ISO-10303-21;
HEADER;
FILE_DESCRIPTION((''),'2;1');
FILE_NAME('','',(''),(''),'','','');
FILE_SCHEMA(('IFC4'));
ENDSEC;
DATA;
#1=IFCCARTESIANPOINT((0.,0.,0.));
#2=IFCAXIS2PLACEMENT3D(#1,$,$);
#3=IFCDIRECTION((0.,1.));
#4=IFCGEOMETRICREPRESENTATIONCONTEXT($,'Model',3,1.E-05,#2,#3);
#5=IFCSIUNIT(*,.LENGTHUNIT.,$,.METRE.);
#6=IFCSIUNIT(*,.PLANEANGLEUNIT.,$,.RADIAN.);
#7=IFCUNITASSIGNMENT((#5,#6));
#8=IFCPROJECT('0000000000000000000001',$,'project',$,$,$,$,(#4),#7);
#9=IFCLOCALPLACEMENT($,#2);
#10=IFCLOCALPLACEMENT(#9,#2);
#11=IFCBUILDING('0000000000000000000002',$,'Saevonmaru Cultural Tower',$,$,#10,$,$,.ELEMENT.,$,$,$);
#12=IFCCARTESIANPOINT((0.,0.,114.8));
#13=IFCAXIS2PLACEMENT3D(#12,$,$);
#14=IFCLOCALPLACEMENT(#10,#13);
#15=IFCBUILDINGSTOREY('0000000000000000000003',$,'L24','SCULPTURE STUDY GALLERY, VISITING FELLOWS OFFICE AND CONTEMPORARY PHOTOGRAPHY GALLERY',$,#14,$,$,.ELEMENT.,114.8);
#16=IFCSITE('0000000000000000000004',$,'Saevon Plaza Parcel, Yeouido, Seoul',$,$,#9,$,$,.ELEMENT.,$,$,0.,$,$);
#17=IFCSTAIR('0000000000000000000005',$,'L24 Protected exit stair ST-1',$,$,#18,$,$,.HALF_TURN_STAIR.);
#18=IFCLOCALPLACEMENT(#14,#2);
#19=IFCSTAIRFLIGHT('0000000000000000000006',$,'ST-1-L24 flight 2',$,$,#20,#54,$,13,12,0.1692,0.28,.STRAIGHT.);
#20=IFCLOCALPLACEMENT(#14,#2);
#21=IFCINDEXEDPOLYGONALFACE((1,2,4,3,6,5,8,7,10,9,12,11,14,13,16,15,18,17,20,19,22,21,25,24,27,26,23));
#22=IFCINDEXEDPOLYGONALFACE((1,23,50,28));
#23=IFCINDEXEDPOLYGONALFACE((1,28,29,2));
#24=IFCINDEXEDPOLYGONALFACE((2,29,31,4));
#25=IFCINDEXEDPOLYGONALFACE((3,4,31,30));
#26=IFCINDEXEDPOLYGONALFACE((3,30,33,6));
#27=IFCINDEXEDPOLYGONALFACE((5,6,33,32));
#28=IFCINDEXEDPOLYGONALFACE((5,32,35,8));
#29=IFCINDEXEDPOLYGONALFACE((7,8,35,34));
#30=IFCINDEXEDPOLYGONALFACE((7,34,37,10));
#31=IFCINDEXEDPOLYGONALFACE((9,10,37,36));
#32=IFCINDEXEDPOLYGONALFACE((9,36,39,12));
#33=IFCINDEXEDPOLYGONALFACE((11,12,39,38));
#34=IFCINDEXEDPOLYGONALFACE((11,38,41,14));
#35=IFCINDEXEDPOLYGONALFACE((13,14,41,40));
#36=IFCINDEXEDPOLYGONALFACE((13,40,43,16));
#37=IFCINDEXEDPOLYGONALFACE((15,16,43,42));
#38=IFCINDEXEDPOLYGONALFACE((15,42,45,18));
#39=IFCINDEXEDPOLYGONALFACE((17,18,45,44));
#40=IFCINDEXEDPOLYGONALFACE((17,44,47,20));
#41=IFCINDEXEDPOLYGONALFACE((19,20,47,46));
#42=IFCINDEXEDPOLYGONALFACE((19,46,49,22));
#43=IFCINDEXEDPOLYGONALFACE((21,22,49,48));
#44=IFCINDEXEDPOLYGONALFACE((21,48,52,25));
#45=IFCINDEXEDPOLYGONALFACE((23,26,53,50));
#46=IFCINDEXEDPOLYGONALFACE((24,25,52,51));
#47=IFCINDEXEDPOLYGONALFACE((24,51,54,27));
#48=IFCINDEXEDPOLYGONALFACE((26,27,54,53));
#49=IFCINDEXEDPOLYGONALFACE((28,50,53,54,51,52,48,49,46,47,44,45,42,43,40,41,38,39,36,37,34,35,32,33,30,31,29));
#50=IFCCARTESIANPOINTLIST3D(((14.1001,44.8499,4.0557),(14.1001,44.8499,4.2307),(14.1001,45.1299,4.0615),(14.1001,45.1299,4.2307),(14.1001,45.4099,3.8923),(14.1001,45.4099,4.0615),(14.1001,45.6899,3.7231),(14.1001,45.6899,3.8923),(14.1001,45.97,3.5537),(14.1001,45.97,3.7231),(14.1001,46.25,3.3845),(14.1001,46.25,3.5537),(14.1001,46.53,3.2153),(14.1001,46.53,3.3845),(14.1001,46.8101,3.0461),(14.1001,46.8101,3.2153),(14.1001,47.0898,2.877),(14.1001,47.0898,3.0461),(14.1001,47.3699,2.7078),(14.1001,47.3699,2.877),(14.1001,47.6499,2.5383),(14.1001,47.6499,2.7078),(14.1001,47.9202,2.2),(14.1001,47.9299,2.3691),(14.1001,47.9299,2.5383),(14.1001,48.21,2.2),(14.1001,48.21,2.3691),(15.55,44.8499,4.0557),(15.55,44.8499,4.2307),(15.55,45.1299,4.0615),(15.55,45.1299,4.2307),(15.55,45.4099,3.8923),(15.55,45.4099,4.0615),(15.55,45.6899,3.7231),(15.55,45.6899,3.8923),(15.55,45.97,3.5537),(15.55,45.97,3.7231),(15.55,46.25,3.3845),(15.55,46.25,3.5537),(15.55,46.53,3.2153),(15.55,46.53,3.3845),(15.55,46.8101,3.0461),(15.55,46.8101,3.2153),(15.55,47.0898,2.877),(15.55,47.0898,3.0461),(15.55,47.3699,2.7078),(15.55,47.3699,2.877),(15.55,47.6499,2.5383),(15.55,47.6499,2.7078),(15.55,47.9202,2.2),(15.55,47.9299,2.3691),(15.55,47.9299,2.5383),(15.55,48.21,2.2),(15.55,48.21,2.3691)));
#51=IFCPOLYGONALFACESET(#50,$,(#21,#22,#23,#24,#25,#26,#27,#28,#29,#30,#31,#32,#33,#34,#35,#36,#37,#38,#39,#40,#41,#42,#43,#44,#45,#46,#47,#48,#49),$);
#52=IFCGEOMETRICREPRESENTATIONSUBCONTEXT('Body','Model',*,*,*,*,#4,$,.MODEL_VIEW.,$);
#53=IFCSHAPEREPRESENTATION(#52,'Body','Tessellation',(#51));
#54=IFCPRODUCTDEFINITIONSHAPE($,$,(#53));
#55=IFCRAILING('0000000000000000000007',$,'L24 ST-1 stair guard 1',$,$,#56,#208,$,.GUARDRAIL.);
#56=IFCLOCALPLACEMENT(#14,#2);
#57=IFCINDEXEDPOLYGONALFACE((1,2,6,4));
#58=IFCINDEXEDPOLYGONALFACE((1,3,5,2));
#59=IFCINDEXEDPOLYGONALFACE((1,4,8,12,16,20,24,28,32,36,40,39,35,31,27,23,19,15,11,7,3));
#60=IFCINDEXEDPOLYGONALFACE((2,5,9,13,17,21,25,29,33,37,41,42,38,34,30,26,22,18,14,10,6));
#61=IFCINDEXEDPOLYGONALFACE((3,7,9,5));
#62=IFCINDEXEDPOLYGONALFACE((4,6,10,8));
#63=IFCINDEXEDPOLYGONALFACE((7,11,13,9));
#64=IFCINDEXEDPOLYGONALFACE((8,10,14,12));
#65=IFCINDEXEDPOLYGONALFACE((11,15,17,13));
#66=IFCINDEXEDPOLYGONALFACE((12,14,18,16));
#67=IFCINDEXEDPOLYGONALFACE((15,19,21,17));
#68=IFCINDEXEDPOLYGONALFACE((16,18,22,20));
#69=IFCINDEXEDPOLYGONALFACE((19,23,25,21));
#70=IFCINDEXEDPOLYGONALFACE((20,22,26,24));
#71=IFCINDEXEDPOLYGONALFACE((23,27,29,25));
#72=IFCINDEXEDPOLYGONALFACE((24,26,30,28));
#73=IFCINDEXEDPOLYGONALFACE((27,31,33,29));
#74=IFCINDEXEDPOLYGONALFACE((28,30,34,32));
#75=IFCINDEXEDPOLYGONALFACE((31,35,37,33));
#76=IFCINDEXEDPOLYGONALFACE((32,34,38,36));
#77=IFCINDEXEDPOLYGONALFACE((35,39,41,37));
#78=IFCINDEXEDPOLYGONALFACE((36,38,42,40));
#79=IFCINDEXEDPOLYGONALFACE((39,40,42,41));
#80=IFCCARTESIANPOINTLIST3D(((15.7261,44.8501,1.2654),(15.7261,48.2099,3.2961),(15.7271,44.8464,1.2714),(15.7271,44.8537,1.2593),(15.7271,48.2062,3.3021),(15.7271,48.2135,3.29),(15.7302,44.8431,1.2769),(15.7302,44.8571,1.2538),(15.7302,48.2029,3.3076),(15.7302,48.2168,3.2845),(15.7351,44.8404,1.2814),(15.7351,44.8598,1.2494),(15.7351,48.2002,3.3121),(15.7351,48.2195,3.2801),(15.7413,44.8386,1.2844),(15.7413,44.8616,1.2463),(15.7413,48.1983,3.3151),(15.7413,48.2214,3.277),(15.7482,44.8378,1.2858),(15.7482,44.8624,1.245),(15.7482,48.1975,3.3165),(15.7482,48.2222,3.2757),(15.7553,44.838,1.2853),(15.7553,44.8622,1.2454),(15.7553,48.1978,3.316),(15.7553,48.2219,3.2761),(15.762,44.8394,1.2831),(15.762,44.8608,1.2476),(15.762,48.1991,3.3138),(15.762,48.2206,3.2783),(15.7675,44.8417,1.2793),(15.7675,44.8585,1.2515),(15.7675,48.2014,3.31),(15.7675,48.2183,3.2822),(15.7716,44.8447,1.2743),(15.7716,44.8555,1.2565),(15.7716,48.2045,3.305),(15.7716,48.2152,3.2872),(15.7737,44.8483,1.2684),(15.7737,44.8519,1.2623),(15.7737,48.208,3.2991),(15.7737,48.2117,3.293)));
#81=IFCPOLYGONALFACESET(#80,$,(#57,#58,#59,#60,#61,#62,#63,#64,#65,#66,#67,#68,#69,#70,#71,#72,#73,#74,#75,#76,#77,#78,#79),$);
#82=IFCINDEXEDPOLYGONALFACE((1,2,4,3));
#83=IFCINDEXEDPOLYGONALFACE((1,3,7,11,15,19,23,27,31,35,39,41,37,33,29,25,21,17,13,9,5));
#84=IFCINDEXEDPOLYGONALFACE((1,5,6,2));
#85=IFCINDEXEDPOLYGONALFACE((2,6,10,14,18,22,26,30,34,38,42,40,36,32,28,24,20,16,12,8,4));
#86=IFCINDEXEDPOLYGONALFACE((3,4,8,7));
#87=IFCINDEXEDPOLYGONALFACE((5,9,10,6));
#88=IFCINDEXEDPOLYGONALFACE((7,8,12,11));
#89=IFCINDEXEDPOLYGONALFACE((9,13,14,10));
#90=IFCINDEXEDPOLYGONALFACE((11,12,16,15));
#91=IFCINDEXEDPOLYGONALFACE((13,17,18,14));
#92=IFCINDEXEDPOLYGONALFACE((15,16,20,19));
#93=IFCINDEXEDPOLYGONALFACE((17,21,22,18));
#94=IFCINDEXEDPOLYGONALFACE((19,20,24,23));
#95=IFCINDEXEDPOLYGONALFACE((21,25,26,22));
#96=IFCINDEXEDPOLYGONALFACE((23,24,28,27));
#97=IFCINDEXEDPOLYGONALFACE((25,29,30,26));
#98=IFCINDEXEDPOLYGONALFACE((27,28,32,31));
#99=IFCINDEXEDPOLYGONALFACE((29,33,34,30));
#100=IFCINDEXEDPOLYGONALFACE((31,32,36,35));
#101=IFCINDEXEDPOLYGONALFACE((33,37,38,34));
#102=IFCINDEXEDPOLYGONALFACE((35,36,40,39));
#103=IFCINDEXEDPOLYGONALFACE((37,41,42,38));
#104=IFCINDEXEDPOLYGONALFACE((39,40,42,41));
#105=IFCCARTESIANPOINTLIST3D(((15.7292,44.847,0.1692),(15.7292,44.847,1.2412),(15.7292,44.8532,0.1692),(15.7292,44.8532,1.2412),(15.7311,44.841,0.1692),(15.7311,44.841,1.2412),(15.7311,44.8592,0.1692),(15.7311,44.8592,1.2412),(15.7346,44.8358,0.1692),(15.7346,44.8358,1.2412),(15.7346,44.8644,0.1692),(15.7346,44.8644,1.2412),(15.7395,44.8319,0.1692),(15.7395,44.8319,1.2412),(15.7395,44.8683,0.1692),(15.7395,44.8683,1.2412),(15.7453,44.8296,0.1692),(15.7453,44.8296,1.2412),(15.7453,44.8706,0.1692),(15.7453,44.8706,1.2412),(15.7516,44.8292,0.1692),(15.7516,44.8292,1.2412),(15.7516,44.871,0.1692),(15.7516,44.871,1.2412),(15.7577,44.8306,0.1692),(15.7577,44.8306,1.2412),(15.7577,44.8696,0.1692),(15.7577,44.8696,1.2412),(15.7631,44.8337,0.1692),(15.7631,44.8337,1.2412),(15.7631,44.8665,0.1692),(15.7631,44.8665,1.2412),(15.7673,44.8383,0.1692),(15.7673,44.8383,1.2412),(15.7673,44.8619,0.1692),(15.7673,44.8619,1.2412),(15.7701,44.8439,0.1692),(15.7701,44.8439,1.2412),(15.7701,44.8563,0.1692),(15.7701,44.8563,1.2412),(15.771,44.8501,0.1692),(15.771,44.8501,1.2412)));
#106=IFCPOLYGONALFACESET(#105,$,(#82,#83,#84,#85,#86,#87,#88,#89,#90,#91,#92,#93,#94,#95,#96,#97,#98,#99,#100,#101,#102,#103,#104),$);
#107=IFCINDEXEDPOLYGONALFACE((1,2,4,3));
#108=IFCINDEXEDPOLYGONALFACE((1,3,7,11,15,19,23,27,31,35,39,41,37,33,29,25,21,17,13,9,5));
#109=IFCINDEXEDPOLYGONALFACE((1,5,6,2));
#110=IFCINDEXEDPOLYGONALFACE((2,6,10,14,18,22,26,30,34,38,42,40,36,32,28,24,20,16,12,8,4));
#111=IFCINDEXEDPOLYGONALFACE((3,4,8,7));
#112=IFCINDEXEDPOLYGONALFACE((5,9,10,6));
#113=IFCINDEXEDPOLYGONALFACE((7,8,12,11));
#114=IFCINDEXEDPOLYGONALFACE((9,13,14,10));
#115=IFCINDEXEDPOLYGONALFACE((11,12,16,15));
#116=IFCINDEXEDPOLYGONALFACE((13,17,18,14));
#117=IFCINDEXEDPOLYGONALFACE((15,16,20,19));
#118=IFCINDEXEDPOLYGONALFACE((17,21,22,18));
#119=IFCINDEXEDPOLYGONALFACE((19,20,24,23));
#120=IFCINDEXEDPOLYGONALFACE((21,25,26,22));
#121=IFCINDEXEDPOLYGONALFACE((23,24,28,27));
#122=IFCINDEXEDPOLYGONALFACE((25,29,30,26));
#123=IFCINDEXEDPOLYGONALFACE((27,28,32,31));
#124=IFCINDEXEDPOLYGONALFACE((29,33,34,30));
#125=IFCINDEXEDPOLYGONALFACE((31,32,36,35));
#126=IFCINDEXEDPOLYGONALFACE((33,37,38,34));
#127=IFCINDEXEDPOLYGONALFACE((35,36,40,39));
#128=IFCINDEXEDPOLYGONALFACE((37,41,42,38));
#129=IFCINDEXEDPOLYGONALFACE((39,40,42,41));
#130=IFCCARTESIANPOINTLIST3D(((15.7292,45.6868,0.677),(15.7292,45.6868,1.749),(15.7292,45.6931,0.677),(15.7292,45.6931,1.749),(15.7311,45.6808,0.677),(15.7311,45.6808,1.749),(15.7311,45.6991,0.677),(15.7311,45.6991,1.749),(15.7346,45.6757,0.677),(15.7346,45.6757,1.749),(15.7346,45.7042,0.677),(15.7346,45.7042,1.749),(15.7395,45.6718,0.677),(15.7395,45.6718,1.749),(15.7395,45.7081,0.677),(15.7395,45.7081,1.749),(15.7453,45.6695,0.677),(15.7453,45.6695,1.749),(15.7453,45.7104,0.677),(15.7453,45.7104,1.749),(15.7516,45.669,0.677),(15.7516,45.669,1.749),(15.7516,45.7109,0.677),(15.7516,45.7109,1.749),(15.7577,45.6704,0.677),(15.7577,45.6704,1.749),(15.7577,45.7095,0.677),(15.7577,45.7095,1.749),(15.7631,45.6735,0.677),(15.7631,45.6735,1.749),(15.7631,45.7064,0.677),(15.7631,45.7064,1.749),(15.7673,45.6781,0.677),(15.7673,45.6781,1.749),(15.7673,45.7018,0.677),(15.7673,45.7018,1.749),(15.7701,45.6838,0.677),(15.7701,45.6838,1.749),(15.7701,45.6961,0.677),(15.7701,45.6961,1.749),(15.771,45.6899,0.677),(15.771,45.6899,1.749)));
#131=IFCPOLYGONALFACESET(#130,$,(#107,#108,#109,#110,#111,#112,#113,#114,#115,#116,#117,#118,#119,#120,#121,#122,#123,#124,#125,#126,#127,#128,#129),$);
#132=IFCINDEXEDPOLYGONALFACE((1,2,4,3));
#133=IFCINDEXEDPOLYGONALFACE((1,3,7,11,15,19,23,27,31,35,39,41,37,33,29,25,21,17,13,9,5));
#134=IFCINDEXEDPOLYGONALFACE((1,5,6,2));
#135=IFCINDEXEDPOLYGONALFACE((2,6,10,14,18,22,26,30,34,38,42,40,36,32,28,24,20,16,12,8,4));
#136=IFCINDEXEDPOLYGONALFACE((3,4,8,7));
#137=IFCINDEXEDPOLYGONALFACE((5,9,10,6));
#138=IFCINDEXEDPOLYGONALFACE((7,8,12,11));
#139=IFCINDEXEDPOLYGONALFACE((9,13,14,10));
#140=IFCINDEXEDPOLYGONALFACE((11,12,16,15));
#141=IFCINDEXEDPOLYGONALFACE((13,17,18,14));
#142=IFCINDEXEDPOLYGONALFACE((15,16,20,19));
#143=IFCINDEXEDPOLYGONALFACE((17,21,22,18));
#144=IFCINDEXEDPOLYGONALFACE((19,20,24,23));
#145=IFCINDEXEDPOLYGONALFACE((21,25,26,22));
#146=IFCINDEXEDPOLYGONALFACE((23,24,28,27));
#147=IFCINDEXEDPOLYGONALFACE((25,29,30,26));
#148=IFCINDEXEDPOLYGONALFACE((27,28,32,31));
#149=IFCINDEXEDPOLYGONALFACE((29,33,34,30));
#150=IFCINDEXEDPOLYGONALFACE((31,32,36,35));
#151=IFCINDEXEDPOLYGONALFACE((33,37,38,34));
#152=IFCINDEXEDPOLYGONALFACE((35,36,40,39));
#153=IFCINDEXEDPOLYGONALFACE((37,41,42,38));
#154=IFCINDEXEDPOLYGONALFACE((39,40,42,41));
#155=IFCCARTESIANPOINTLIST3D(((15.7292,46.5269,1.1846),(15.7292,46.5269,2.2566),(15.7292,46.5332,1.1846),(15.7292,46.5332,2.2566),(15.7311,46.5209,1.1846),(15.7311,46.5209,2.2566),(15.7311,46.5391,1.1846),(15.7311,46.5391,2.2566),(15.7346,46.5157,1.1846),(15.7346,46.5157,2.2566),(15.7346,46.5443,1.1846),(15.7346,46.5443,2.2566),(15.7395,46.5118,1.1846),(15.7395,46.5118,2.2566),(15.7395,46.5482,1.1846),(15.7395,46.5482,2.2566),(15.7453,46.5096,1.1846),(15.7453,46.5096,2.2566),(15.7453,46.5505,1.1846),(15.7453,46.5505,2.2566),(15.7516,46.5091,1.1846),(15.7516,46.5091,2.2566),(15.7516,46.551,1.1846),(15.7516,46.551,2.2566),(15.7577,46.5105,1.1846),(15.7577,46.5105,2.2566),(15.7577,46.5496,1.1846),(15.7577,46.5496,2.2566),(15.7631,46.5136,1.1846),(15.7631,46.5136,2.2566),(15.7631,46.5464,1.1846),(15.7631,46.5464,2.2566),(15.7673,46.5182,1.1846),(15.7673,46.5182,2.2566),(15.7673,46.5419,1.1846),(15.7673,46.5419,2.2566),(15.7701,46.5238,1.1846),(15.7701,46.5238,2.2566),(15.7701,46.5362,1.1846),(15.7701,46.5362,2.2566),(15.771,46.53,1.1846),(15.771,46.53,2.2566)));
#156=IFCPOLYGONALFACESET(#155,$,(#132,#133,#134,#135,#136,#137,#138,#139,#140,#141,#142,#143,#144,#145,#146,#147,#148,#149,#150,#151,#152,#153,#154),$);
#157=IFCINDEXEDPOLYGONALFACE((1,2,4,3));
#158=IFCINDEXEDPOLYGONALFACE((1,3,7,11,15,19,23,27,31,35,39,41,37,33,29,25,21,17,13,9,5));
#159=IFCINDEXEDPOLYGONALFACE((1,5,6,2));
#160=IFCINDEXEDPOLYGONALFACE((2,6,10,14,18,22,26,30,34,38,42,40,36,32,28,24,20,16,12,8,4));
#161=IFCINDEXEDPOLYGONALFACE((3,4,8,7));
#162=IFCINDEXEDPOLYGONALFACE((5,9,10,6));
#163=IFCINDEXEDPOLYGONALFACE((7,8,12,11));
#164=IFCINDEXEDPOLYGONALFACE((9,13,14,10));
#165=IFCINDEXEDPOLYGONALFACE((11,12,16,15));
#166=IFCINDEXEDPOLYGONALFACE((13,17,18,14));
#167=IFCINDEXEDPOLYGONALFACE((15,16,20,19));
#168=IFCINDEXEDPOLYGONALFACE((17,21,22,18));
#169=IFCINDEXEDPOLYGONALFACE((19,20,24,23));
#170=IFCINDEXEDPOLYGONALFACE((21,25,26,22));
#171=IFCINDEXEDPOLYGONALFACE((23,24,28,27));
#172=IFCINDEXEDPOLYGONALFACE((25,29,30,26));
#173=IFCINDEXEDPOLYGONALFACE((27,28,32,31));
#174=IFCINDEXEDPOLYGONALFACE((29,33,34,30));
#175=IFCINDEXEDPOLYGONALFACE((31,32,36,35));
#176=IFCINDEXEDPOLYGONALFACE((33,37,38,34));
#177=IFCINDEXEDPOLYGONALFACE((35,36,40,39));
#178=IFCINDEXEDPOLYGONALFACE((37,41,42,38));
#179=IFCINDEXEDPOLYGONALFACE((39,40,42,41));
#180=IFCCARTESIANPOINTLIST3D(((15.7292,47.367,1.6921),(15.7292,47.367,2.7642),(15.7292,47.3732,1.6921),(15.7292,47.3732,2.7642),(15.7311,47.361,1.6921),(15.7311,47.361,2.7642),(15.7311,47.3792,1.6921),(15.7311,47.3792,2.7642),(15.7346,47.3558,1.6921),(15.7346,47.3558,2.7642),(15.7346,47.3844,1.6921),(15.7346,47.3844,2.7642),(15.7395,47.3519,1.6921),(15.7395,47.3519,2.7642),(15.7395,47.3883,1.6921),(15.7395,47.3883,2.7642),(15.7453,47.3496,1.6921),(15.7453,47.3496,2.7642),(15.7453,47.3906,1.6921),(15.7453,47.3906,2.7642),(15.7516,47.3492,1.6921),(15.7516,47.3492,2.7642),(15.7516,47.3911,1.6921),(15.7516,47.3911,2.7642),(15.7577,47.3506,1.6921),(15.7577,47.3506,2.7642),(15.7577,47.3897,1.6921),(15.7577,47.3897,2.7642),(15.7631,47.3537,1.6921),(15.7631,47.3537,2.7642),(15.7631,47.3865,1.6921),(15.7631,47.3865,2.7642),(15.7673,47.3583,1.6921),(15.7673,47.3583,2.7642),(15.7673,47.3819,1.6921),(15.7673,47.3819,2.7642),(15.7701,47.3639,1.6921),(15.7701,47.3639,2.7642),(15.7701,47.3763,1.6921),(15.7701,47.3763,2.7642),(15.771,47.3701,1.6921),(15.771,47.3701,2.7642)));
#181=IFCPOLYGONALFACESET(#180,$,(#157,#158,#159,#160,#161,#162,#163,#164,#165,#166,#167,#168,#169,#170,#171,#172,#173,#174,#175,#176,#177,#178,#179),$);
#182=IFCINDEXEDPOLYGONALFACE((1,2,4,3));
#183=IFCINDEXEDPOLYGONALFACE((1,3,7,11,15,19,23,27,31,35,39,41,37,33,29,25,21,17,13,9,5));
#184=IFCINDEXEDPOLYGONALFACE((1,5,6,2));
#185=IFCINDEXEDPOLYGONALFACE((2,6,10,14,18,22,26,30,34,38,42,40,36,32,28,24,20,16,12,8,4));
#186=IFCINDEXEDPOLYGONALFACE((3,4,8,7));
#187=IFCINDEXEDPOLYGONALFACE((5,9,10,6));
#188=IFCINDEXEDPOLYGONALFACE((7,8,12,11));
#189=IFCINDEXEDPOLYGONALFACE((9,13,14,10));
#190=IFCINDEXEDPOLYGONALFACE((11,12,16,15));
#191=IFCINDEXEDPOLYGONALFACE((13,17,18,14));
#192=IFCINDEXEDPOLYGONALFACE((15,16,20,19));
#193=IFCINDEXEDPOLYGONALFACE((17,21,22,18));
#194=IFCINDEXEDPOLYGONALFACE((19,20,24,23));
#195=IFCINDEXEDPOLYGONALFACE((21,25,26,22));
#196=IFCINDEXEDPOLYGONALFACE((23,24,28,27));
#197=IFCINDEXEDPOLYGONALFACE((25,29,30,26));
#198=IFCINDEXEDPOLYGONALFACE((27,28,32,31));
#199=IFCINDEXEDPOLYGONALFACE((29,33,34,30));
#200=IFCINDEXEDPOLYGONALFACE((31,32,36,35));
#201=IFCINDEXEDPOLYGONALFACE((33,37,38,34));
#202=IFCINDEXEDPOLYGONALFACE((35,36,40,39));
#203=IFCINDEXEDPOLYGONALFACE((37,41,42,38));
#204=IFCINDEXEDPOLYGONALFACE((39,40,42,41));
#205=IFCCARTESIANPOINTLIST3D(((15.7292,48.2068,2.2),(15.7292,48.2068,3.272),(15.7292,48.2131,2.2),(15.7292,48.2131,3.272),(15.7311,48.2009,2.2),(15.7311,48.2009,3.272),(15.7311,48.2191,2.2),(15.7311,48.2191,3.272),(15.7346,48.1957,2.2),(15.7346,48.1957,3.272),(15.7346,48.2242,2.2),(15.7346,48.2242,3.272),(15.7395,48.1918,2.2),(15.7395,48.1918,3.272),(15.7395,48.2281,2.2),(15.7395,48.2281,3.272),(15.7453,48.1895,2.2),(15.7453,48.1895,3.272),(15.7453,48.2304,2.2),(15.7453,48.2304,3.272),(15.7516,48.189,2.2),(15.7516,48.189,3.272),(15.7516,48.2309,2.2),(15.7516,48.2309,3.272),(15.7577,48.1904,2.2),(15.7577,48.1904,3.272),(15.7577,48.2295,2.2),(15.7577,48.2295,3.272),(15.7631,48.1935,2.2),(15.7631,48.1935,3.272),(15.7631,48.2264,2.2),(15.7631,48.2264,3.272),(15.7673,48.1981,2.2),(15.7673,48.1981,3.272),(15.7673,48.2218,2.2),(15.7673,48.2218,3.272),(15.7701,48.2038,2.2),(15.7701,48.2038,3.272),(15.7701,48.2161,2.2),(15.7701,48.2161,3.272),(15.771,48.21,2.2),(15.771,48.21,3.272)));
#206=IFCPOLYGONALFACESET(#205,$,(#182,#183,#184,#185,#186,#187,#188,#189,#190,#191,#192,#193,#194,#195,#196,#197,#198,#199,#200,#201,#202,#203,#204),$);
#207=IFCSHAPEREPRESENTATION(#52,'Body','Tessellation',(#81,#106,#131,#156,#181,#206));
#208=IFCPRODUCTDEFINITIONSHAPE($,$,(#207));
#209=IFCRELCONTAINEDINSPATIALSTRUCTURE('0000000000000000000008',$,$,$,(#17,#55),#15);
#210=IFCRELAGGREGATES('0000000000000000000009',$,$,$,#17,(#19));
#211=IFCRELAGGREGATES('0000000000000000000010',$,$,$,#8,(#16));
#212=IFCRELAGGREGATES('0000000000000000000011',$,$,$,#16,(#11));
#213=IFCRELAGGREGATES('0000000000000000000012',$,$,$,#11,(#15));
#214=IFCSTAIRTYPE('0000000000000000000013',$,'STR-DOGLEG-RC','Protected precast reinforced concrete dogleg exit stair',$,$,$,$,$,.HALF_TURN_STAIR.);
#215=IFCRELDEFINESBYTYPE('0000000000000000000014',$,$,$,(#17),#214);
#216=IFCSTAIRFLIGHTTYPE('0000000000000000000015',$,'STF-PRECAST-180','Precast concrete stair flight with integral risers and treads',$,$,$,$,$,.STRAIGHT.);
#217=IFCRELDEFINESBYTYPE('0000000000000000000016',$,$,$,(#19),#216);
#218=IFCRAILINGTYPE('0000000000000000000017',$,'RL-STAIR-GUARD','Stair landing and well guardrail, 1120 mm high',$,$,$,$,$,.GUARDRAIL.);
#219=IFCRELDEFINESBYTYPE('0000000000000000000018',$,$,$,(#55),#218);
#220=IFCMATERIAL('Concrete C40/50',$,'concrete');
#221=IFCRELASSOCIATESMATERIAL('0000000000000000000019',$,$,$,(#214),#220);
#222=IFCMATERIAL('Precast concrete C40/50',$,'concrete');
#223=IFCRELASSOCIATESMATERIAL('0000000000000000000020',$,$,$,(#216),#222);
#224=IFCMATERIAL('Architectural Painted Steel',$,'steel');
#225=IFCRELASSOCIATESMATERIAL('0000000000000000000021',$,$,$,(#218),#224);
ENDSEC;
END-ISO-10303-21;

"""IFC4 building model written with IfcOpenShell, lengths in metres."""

from ifc_helpers import new_model, si_unit, direction, frame, origin, origin_2d, place, context, subcontext, project, spatial, polyline, circle, outline, extrude, material, type_object, element, aggregate, save


model = new_model("IFC4")

# Units and contexts
model_context = context("Model", 3, precision=1e-05, world=origin(), true_north=direction((0.0, 1.0)))
body_context = subcontext(model_context, "Body", "Model", "MODEL_VIEW")
ifc_project = project(units=[si_unit("LENGTHUNIT", "METRE"), si_unit("PLANEANGLEUNIT", "RADIAN")], contexts=[model_context])

# Site, building, storey
site_placement = place(None, origin())
site = spatial("IfcSite", under=ifc_project, at=site_placement, Name="Saevon Plaza Parcel, Yeouido, Seoul", CompositionType="ELEMENT", RefElevation=0.0)
building_placement = place(site_placement, origin())
building = spatial("IfcBuilding", under=site, at=building_placement, Name="Saevonmaru Cultural Tower", CompositionType="ELEMENT")
storey_placement = place(building_placement, frame((0.0, 0.0, 114.8)))
storey = spatial("IfcBuildingStorey", under=building, at=storey_placement, Name="L24", Description="SCULPTURE STUDY GALLERY, VISITING FELLOWS OFFICE AND CONTEMPORARY PHOTOGRAPHY GALLERY", CompositionType="ELEMENT", Elevation=114.8)

# Shared definitions
ifc_material_1 = material(Name="Concrete C40/50", Category="concrete")

# Stair, stair flight
stair_type = type_object("IfcStairType", Name="STR-DOGLEG-RC", Description="Protected precast reinforced concrete dogleg exit stair", PredefinedType="HALF_TURN_STAIR", material=ifc_material_1)
stair_placement = place(storey_placement, origin())
stair = element("IfcStair", 1, at=stair_placement, inside=storey, type_object=stair_type, Name="L24 Protected exit stair ST-1", PredefinedType="HALF_TURN_STAIR")
ifc_material_2 = material(Name="Precast concrete C40/50", Category="concrete")
stair_flight_type = type_object("IfcStairFlightType", Name="STF-PRECAST-180", Description="Precast concrete stair flight with integral risers and treads", PredefinedType="STRAIGHT", material=ifc_material_2)
stair_flight_1_placement = place(storey_placement, frame((14.825, 48.21, 2.2), z_axis=(0.0, 0.0, 1.0), x_axis=(0.0, -1.0, 0.0)))
stair_flight_1 = element("IfcStairFlight", 2, at=stair_flight_1_placement, type_object=stair_flight_type, Name="ST-1-L24 flight 2", NumberOfRisers=13, NumberOfTreads=12, PredefinedType="STRAIGHT", RiserHeight=0.1692, TreadLength=0.28, context=body_context, shape_type="SweptSolid", body=[
    extrude(outline(polyline([(0.0, 0.0), (0.0, 0.1692), (0.28, 0.1692), (0.28, 0.3384), (0.5601, 0.3384), (0.5601, 0.5078), (0.8401, 0.5078), (0.8401, 0.677), (1.1201, 0.677), (1.1201, 0.8462), (1.3999, 0.8462), (1.3999, 1.0154), (1.6799, 1.0154), (1.6799, 1.1846), (1.96, 1.1846), (1.96, 1.3538), (2.24, 1.3538), (2.24, 1.5232), (2.52, 1.5232), (2.52, 1.6924), (2.8, 1.6924), (2.8, 1.8616), (3.0801, 1.8616), (3.0801, 2.0308), (3.3601, 2.0308), (3.3601, 2.2), (3.3601, 1.8557), (0.2898, 0.0), (0.0, 0.0)])), frame((0.0, 0.7251, 0.0), z_axis=(0.0, -1.0, 0.0), x_axis=(1.0, 0.0, 0.0)), (0.0, 0.0, 1.0), 1.45),
])
aggregate(stair, [stair_flight_1])

# Railing
ifc_material_3 = material(Name="Architectural Painted Steel", Category="steel")
railing_type_1 = type_object("IfcRailingType", Name="RL-STAIR-GUARD", Description="Stair landing and well guardrail, 1120 mm high", PredefinedType="GUARDRAIL", material=ifc_material_3)
railing_1_placement = place(storey_placement, frame((15.75, 44.8501, 0.1692)))
element("IfcRailing", 3, at=railing_1_placement, inside=storey, type_object=railing_type_1, Name="L24 ST-1 stair guard 1", PredefinedType="GUARDRAIL", context=body_context, shape_type="SweptSolid", body=[
    extrude(circle(Radius=0.0239, at=origin_2d()), frame((0.0, 0.0, 1.0962), z_axis=(0.0, 0.85582, 0.517273), x_axis=(-1.0, 0.0, 0.0)), (0.0, 0.0, 1.0), 3.9258),
    extrude(circle(Radius=0.021, at=origin_2d()), origin(), (0.0, 0.0, 1.0), 1.072),
    extrude(circle(Radius=0.021, at=origin_2d()), frame((0.0, 0.8398, 0.5078)), (0.0, 0.0, 1.0), 1.072),
    extrude(circle(Radius=0.021, at=origin_2d()), frame((0.0, 1.6799, 1.0154)), (0.0, 0.0, 1.0), 1.072),
    extrude(circle(Radius=0.021, at=origin_2d()), frame((0.0, 2.52, 1.5229)), (0.0, 0.0, 1.0), 1.072),
    extrude(circle(Radius=0.021, at=origin_2d()), frame((0.0, 3.3599, 2.0308)), (0.0, 0.0, 1.0), 1.072),
])

save(model, "model.ifc")
